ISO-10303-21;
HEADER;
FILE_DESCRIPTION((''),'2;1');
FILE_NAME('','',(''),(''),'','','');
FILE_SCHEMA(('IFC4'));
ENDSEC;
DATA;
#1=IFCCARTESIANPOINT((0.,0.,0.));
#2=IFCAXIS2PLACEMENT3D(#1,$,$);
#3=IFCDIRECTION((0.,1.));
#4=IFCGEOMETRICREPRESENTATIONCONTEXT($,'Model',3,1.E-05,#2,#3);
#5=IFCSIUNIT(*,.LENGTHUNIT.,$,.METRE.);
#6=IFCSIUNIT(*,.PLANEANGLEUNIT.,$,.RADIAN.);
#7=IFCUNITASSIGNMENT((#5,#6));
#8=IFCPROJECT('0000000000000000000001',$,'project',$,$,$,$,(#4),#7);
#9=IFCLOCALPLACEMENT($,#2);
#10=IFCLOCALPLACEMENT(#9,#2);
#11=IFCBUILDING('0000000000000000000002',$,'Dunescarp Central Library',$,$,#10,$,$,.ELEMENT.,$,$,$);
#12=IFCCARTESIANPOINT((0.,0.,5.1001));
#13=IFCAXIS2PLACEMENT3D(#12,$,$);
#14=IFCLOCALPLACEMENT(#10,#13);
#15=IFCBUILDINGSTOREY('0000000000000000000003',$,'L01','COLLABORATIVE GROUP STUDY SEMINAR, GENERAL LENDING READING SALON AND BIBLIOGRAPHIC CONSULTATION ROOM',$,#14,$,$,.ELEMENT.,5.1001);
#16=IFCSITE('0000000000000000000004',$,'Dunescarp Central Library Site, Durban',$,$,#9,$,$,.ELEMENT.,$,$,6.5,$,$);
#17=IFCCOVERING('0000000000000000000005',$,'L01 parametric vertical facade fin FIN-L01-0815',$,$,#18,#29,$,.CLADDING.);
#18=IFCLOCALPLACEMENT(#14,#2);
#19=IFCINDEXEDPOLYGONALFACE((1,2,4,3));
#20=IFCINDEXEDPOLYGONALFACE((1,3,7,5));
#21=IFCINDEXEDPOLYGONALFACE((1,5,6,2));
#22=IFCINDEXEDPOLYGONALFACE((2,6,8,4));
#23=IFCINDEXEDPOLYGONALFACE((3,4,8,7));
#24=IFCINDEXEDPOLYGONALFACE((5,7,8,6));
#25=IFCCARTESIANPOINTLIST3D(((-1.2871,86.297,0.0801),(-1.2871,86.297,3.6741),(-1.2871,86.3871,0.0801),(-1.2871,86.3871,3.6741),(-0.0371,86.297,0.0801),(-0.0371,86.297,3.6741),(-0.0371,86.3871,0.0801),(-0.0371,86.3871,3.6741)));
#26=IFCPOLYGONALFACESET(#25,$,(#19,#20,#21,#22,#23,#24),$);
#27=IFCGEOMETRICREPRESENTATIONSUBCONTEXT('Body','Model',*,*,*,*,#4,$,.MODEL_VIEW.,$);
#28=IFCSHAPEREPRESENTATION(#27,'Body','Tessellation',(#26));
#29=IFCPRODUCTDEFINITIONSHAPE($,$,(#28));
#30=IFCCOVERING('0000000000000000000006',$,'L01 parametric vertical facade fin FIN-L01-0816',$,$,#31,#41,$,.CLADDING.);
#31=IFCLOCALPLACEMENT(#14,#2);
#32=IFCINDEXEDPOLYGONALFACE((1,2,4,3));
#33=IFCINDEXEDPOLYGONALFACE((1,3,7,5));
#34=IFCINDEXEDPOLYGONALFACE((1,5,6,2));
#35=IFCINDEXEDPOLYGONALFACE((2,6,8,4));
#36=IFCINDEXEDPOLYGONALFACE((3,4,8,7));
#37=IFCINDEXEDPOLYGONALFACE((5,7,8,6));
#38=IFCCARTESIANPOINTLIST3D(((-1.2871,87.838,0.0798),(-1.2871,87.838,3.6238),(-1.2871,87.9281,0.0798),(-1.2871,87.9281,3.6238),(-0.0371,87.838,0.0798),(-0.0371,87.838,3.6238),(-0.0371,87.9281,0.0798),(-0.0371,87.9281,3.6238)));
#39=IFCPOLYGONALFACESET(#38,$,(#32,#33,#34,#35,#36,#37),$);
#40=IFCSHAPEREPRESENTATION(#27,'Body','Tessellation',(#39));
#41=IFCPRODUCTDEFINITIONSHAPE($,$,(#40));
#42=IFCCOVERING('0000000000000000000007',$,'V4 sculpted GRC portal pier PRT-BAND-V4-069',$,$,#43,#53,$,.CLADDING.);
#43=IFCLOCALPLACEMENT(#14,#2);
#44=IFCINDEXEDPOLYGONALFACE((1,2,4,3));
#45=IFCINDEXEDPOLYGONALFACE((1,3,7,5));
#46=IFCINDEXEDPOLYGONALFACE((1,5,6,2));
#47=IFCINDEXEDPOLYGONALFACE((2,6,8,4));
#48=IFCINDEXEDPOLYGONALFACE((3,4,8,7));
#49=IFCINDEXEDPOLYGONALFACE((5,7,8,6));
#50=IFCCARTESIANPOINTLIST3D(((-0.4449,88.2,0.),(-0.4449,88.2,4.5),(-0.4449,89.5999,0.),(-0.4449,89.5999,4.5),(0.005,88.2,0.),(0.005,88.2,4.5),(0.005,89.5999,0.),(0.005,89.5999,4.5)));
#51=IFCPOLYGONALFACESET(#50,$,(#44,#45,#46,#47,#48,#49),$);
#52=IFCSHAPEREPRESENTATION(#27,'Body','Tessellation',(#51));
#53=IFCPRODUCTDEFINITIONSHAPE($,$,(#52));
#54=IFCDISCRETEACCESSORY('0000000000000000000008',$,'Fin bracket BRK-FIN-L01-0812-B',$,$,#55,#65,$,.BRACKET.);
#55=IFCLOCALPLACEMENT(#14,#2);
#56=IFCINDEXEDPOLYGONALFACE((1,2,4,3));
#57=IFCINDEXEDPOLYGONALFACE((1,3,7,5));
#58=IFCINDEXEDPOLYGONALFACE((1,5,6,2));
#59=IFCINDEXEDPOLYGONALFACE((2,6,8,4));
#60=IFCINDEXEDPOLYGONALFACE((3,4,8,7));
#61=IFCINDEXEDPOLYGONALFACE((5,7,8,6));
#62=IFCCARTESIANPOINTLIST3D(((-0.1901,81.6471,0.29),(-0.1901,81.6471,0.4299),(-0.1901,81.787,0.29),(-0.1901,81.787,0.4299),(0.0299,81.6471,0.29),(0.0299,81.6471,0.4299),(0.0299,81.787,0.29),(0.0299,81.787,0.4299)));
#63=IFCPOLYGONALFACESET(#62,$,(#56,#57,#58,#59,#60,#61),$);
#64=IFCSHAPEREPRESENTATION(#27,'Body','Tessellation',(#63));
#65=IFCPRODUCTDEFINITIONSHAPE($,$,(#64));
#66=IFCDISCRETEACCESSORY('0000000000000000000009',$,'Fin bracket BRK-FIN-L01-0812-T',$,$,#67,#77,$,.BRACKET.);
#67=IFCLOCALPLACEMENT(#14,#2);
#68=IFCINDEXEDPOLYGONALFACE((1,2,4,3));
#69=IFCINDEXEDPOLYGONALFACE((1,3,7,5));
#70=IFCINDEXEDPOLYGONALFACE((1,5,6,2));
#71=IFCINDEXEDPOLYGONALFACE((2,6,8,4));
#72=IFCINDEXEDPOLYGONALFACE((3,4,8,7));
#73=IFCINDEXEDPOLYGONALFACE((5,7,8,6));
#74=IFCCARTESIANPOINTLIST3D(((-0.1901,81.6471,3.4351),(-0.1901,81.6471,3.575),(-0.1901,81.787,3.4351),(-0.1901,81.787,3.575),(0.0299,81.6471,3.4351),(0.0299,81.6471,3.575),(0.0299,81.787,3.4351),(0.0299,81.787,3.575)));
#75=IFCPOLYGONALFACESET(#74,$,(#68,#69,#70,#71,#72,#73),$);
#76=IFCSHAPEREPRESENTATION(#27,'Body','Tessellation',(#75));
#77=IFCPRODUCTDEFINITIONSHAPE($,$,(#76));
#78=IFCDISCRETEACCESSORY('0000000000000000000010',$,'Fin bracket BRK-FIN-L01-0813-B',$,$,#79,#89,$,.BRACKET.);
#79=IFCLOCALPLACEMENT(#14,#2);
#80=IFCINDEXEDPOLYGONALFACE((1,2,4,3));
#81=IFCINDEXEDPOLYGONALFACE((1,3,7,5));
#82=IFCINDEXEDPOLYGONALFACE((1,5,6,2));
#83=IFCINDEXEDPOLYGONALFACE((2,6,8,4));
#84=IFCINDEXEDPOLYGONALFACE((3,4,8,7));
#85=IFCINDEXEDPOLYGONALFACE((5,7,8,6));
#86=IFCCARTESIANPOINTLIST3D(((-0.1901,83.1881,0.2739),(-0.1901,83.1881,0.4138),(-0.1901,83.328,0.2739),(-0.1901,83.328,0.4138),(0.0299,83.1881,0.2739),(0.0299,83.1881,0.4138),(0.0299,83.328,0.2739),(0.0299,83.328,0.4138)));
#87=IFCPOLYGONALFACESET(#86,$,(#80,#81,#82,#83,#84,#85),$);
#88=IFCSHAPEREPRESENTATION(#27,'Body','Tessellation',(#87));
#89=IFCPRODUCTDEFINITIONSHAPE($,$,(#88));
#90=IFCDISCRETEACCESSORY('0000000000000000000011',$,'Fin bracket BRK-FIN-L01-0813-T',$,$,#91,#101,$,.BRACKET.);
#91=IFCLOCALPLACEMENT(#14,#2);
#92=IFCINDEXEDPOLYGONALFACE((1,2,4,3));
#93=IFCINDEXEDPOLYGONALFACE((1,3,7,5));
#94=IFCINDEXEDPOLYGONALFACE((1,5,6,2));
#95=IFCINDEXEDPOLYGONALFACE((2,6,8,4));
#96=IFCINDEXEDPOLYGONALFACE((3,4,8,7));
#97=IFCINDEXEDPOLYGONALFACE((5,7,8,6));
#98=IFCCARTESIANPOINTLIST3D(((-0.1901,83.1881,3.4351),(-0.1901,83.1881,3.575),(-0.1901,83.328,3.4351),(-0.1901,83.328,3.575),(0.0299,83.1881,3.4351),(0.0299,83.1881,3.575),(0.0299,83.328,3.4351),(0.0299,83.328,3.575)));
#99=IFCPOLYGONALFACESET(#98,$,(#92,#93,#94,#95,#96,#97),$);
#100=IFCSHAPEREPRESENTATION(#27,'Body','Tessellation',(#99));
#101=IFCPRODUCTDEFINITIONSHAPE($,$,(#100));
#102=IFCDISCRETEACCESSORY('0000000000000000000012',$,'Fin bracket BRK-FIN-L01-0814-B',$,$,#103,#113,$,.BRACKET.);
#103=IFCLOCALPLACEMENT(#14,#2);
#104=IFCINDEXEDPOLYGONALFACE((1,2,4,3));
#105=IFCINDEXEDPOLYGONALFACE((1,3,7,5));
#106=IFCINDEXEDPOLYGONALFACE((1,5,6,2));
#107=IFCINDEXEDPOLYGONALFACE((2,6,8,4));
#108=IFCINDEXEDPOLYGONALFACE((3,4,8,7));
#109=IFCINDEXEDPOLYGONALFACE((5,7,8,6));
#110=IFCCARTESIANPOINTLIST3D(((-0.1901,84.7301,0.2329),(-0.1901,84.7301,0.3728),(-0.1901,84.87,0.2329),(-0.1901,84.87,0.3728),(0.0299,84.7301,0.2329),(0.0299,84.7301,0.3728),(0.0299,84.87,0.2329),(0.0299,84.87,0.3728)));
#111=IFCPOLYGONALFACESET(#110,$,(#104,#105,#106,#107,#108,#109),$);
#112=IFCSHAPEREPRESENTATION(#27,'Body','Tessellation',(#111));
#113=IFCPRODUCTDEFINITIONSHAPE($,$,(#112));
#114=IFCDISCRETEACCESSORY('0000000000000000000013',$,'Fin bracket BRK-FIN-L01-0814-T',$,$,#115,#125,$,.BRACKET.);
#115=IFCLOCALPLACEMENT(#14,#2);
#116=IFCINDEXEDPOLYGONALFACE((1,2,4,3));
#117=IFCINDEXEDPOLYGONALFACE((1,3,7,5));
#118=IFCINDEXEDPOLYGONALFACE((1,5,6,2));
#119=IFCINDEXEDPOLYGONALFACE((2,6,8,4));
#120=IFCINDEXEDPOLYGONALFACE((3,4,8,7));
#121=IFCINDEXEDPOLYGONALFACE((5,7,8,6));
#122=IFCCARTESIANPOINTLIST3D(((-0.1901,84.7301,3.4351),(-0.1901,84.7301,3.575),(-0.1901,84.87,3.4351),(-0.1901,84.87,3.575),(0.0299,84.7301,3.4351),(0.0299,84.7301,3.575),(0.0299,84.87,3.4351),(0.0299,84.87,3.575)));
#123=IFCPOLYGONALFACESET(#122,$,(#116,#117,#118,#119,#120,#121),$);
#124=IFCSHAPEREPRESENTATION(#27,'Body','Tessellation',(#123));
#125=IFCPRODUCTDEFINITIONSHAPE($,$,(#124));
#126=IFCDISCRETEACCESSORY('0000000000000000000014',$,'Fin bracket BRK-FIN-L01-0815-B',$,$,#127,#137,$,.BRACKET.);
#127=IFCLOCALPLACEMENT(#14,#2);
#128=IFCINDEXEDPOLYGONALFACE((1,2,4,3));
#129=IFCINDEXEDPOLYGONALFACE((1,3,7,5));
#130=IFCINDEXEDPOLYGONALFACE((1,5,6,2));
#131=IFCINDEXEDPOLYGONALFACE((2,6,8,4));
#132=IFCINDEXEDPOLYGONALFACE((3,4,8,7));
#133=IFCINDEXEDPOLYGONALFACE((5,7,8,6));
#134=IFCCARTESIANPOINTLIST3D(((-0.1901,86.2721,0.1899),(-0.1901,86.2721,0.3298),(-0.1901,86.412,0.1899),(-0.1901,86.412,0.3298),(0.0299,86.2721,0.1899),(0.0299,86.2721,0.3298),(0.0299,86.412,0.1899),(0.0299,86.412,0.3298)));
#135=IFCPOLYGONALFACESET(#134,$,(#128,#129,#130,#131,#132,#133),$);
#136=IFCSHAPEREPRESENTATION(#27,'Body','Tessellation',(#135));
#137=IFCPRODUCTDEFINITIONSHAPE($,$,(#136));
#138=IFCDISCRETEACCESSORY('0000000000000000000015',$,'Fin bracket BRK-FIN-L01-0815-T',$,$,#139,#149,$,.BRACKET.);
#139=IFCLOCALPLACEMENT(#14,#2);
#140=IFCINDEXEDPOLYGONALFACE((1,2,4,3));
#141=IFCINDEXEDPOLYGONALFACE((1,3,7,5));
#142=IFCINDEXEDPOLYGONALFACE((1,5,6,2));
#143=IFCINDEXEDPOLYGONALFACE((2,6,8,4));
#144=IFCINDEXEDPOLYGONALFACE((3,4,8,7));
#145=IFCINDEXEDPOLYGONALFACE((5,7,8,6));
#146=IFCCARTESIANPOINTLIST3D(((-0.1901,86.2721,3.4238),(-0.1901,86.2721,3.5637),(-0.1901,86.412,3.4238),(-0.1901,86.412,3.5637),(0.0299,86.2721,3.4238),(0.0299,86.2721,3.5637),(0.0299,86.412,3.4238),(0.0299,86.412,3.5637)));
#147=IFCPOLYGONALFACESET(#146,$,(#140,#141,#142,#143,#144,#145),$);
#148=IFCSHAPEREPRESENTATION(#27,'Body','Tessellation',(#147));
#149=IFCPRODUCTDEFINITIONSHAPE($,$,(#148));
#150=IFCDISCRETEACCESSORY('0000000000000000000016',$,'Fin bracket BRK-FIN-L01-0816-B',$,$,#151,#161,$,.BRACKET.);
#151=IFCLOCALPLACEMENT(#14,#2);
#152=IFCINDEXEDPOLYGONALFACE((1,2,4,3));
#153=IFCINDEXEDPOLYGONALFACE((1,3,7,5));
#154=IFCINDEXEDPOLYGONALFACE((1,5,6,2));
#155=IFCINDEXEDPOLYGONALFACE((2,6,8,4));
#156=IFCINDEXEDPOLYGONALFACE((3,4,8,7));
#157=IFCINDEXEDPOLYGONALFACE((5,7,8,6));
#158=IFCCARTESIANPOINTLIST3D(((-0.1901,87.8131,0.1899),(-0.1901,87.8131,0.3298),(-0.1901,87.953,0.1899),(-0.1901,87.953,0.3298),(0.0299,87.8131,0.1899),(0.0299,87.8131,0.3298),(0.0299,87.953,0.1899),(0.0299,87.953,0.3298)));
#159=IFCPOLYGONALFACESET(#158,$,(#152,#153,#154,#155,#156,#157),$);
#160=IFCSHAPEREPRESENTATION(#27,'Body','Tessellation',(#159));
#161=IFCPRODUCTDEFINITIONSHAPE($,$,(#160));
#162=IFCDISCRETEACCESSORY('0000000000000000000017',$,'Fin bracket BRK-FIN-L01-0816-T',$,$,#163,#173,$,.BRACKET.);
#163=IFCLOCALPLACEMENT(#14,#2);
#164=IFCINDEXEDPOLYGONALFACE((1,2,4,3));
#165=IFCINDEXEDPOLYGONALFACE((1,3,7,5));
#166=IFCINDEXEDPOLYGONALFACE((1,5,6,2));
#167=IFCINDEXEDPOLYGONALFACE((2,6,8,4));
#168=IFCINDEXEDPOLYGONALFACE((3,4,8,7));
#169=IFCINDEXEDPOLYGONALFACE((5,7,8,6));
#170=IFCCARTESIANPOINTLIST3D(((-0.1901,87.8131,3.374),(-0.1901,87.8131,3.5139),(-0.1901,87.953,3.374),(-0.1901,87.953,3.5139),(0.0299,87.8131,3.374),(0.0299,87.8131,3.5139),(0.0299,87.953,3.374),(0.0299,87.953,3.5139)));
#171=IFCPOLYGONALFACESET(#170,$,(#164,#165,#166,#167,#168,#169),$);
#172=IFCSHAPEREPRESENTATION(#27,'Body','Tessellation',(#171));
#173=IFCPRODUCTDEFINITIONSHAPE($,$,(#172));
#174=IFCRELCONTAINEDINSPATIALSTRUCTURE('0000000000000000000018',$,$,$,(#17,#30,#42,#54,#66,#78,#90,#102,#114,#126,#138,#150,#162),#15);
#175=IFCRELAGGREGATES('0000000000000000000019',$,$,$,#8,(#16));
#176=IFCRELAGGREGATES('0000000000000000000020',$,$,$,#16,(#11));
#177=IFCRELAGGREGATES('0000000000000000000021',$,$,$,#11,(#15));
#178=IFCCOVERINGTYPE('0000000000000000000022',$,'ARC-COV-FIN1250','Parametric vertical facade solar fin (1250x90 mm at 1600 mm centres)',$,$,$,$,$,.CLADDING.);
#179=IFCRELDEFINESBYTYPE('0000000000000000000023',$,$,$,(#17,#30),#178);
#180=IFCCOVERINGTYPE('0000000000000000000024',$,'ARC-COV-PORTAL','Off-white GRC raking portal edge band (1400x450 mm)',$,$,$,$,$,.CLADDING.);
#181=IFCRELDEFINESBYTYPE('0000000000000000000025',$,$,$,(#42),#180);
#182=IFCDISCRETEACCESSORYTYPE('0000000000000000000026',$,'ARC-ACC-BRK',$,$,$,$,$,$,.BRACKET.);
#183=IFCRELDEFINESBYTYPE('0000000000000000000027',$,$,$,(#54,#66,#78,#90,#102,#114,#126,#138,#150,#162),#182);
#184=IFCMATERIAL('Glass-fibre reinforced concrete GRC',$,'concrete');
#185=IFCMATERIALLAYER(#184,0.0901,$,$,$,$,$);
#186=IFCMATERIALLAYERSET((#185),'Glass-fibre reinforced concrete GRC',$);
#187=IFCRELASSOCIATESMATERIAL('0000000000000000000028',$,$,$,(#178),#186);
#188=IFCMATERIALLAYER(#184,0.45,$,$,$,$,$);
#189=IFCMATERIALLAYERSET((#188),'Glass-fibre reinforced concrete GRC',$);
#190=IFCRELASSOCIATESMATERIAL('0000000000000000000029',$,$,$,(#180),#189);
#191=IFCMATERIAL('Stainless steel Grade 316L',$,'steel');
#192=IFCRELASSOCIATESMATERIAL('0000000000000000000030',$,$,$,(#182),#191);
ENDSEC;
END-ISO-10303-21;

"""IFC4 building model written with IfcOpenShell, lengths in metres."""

from ifc_helpers import new_model, si_unit, direction, frame, origin, origin_2d, place, context, subcontext, project, spatial, rectangle, extrude, material, layer, layer_set, type_object, element, save


model = new_model("IFC4")

# Units and contexts
model_context = context("Model", 3, precision=1e-05, world=origin(), true_north=direction((0.0, 1.0)))
body_context = subcontext(model_context, "Body", "Model", "MODEL_VIEW")
ifc_project = project(units=[si_unit("LENGTHUNIT", "METRE"), si_unit("PLANEANGLEUNIT", "RADIAN")], contexts=[model_context])

# Site, building, storey
site_placement = place(None, origin())
site = spatial("IfcSite", under=ifc_project, at=site_placement, Name="Dunescarp Central Library Site, Durban", CompositionType="ELEMENT", RefElevation=6.5)
building_placement = place(site_placement, origin())
building = spatial("IfcBuilding", under=site, at=building_placement, Name="Dunescarp Central Library", CompositionType="ELEMENT")
storey_placement = place(building_placement, frame((0.0, 0.0, 5.1001)))
storey = spatial("IfcBuildingStorey", under=building, at=storey_placement, Name="L01", Description="COLLABORATIVE GROUP STUDY SEMINAR, GENERAL LENDING READING SALON AND BIBLIOGRAPHIC CONSULTATION ROOM", CompositionType="ELEMENT", Elevation=5.1001)

# Coverings
ifc_material_1 = material(Name="Glass-fibre reinforced concrete GRC", Category="concrete")
ifc_layer_1 = layer(ifc_material_1, 0.0901)
ifc_layer_set_1 = layer_set([ifc_layer_1], Name="Glass-fibre reinforced concrete GRC")
covering_type_1 = type_object("IfcCoveringType", Name="ARC-COV-FIN1250", Description="Parametric vertical facade solar fin (1250x90 mm at 1600 mm centres)", PredefinedType="CLADDING", material=ifc_layer_set_1)
covering_1_placement = place(storey_placement, frame((-0.6621, 86.342, 0.0801), z_axis=(0.0, 0.0, 1.0), x_axis=(-1.0, 0.0, 0.0)))
element("IfcCovering", 1, at=covering_1_placement, inside=storey, type_object=covering_type_1, Name="L01 parametric vertical facade fin FIN-L01-0815", PredefinedType="CLADDING", context=body_context, shape_type="SweptSolid", body=[
    extrude(rectangle(XDim=1.25, YDim=0.0901, at=origin_2d()), origin(), (0.0, 0.0, 1.0), 3.594),
])
covering_2_placement = place(storey_placement, frame((-0.6621, 87.8831, 0.0798), z_axis=(0.0, 0.0, 1.0), x_axis=(-1.0, 0.0, 0.0)))
element("IfcCovering", 2, at=covering_2_placement, inside=storey, type_object=covering_type_1, Name="L01 parametric vertical facade fin FIN-L01-0816", PredefinedType="CLADDING", context=body_context, shape_type="SweptSolid", body=[
    extrude(rectangle(XDim=1.25, YDim=0.0901, at=origin_2d()), origin(), (0.0, 0.0, 1.0), 3.5439),
])
ifc_layer_2 = layer(ifc_material_1, 0.45)
ifc_layer_set_2 = layer_set([ifc_layer_2], Name="Glass-fibre reinforced concrete GRC")
covering_type_2 = type_object("IfcCoveringType", Name="ARC-COV-PORTAL", Description="Off-white GRC raking portal edge band (1400x450 mm)", PredefinedType="CLADDING", material=ifc_layer_set_2)
covering_3_placement = place(storey_placement, frame((-0.22, 88.8999, 0.0), z_axis=(0.0, 0.0, 1.0), x_axis=(1.0, 0.0, 0.0)))
element("IfcCovering", 3, at=covering_3_placement, inside=storey, type_object=covering_type_2, Name="V4 sculpted GRC portal pier PRT-BAND-V4-069", PredefinedType="CLADDING", context=body_context, shape_type="SweptSolid", body=[
    extrude(rectangle(XDim=0.45, YDim=1.3999, at=origin_2d()), origin(), (0.0, 0.0, 1.0), 4.5),
])

# Discrete accessories
ifc_material_2 = material(Name="Stainless steel Grade 316L", Category="steel")
discrete_accessory_type = type_object("IfcDiscreteAccessoryType", Name="ARC-ACC-BRK", PredefinedType="BRACKET", material=ifc_material_2)
for number, where, z_axis, x_axis, name in (
    (4, (-0.0801, 81.717, 0.29), (0.0, 0.0, 1.0), (-1.0, 0.0, 0.0), "Fin bracket BRK-FIN-L01-0812-B"),
    (5, (-0.0801, 81.717, 3.4351), (0.0, 0.0, 1.0), (-1.0, 0.0, 0.0), "Fin bracket BRK-FIN-L01-0812-T"),
    (6, (-0.0801, 83.2581, 0.2739), (0.0, 0.0, 1.0), (-1.0, 0.0, 0.0), "Fin bracket BRK-FIN-L01-0813-B"),
    (7, (-0.0801, 83.2581, 3.4351), (0.0, 0.0, 1.0), (-1.0, 0.0, 0.0), "Fin bracket BRK-FIN-L01-0813-T"),
    (8, (-0.0801, 84.8, 0.2329), (0.0, 0.0, 1.0), (-1.0, 0.0, 0.0), "Fin bracket BRK-FIN-L01-0814-B"),
    (9, (-0.0801, 84.8, 3.4351), (0.0, 0.0, 1.0), (-1.0, 0.0, 0.0), "Fin bracket BRK-FIN-L01-0814-T"),
    (10, (-0.0801, 86.342, 0.1899), (0.0, 0.0, 1.0), (-1.0, 0.0, 0.0), "Fin bracket BRK-FIN-L01-0815-B"),
    (11, (-0.0801, 86.342, 3.4238), (0.0, 0.0, 1.0), (-1.0, 0.0, 0.0), "Fin bracket BRK-FIN-L01-0815-T"),
    (12, (-0.0801, 87.8831, 0.1899), (0.0, 0.0, 1.0), (-1.0, 0.0, 0.0), "Fin bracket BRK-FIN-L01-0816-B"),
    (13, (-0.0801, 87.8831, 3.374), (0.0, 0.0, 1.0), (-1.0, 0.0, 0.0), "Fin bracket BRK-FIN-L01-0816-T"),
):
    element("IfcDiscreteAccessory", number, at=place(storey_placement, frame(where, z_axis=z_axis, x_axis=x_axis)), inside=storey, type_object=discrete_accessory_type, Name=name, PredefinedType="BRACKET", context=body_context, shape_type="SweptSolid", body=[
        extrude(rectangle(XDim=0.22, YDim=0.1399, at=origin_2d()), origin(), (0.0, 0.0, 1.0), 0.1399),
    ])

save(model, "model.ifc")
